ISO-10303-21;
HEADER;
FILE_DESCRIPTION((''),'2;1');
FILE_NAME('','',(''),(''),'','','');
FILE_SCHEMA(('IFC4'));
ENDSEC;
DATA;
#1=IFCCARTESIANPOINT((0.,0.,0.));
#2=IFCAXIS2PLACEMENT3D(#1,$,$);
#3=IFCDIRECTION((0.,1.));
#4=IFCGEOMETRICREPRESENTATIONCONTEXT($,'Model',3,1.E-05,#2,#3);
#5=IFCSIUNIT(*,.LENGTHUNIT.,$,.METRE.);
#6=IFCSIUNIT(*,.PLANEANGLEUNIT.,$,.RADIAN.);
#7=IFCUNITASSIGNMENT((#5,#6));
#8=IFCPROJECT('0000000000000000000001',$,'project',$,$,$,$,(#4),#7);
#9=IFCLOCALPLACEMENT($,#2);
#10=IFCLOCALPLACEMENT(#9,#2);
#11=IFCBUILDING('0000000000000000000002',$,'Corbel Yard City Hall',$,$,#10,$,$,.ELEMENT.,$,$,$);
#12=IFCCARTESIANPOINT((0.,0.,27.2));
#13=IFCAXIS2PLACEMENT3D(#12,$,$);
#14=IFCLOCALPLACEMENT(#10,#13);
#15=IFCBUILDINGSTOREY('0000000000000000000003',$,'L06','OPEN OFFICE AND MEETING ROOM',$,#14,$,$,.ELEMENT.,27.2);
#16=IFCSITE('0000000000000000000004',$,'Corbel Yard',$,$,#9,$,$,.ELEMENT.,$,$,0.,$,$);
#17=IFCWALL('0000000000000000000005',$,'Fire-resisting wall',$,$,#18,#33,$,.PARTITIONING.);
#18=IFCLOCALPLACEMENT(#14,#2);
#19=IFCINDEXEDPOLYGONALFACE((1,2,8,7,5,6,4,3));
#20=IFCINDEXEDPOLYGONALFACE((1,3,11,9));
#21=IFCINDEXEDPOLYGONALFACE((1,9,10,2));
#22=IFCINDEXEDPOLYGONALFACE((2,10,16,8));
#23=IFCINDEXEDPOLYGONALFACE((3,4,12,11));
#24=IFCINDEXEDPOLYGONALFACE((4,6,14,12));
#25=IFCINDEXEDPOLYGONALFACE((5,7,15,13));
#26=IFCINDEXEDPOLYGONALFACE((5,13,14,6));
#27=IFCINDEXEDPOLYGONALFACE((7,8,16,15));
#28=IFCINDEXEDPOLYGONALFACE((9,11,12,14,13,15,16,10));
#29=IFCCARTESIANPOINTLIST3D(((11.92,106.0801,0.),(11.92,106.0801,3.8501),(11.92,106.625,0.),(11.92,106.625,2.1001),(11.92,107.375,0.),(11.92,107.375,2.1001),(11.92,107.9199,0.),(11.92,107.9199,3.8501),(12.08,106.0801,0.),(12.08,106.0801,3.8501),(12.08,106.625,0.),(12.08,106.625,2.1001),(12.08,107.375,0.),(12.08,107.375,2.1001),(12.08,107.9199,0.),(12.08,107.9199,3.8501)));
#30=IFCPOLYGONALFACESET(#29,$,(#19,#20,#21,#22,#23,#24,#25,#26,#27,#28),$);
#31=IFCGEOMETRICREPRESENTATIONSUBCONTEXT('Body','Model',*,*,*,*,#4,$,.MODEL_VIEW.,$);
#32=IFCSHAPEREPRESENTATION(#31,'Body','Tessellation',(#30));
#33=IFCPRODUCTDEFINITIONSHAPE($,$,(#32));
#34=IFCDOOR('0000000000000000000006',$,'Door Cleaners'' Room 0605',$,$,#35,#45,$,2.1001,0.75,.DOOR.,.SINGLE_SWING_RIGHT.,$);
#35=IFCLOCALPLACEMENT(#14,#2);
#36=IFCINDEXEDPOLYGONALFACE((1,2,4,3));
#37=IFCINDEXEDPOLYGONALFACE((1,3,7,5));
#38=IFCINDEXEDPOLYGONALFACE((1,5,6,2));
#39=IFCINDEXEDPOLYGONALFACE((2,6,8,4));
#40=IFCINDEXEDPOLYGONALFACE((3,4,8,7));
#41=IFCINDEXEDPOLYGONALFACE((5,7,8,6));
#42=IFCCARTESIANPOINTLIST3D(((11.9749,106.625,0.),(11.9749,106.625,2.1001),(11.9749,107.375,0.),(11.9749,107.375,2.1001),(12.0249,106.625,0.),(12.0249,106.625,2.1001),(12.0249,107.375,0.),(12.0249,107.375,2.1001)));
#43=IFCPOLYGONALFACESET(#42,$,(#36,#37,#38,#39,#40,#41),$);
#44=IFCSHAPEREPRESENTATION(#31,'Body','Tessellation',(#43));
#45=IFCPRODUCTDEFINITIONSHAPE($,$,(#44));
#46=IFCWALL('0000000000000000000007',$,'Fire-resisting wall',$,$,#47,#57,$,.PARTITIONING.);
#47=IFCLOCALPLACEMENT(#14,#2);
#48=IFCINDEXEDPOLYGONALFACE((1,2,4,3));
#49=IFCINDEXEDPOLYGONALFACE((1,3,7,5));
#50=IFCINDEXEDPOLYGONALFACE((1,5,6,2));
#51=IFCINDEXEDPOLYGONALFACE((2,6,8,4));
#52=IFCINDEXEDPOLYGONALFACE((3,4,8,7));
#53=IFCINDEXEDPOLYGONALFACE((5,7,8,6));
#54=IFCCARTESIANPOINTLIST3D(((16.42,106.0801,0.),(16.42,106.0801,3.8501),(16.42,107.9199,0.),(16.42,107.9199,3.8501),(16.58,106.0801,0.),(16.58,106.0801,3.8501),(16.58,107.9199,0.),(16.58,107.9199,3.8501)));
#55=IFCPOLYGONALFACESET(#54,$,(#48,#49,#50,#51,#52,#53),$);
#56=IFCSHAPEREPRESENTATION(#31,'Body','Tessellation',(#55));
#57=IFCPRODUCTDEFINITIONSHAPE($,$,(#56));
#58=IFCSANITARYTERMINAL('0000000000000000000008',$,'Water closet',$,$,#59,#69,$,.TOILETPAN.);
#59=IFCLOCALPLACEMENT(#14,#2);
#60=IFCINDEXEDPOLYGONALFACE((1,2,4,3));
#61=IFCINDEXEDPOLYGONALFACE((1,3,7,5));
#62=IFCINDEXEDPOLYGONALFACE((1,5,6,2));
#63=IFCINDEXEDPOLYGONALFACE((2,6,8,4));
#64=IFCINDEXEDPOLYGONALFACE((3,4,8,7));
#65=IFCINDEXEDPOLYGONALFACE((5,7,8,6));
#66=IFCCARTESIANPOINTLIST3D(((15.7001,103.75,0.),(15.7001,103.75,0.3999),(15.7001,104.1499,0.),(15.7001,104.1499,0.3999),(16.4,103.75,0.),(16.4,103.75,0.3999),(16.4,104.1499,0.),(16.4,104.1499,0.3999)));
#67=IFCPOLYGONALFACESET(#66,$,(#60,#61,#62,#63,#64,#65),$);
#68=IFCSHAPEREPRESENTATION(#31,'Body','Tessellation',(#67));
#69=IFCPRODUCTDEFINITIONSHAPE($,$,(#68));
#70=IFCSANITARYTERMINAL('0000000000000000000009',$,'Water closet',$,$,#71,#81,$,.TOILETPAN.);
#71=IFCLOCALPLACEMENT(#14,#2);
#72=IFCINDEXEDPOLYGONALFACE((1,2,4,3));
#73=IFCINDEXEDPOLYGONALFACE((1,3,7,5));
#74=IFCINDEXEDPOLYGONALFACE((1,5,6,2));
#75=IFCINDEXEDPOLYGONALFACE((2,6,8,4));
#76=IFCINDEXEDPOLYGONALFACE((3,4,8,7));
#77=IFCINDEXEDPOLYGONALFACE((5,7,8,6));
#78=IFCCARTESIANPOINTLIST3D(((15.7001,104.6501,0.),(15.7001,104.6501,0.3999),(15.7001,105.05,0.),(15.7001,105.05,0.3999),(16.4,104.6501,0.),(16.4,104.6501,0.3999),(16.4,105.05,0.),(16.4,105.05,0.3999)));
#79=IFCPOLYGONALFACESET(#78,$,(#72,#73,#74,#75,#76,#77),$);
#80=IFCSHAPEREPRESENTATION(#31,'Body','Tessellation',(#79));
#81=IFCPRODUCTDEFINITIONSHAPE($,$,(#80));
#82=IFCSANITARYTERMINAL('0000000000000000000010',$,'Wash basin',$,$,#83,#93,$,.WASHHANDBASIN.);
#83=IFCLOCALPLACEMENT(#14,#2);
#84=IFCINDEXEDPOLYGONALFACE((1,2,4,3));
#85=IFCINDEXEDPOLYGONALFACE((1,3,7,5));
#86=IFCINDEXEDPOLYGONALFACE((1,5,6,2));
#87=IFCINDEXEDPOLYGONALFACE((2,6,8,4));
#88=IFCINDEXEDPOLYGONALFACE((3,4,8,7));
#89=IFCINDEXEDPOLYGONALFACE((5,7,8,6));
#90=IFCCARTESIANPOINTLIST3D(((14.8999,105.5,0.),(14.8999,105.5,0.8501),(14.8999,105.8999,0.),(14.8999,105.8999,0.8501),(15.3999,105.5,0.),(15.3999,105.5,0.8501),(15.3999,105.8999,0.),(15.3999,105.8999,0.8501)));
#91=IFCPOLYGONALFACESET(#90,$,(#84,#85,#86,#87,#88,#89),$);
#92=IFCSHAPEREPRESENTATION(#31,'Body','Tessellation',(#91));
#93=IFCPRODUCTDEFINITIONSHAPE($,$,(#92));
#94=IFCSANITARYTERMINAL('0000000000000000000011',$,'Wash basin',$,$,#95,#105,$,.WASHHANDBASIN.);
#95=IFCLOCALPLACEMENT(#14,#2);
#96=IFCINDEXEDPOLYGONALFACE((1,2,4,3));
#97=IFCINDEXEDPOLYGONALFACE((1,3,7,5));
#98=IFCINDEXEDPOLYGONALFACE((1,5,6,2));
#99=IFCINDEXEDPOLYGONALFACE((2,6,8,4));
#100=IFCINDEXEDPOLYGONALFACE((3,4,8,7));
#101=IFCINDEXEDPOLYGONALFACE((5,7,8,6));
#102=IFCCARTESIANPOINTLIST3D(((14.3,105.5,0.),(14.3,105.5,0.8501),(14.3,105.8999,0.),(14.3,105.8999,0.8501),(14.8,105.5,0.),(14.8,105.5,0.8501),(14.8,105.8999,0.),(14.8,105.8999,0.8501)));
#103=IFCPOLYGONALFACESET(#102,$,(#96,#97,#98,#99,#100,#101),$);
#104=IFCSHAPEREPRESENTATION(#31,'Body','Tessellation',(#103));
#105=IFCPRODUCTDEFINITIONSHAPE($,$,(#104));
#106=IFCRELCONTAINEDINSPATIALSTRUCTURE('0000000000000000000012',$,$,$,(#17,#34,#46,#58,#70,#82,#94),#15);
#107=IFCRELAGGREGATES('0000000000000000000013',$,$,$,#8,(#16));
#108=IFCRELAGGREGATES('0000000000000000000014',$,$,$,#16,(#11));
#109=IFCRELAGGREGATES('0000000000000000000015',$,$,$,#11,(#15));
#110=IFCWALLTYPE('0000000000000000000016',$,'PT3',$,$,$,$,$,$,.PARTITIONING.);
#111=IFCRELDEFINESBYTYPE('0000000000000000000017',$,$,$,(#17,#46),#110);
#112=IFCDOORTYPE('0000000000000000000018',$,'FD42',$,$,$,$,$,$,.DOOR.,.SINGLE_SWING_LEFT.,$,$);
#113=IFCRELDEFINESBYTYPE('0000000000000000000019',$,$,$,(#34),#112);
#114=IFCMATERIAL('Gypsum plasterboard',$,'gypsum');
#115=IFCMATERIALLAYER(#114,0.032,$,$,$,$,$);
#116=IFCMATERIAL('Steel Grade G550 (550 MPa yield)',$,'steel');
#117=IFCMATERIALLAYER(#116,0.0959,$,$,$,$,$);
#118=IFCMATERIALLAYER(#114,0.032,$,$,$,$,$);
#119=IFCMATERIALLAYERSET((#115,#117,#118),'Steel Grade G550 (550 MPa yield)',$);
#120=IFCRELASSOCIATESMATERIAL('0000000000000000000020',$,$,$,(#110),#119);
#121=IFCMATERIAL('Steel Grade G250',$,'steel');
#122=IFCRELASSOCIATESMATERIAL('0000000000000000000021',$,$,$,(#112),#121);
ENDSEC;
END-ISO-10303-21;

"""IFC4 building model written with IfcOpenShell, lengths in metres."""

from ifc_helpers import new_model, si_unit, direction, frame, frame_2d, origin, origin_2d, place, context, subcontext, project, spatial, rectangle, extrude, material, layer, layer_set, type_object, element, fill, save


model = new_model("IFC4")

# Units and contexts
model_context = context("Model", 3, precision=1e-05, world=origin(), true_north=direction((0.0, 1.0)))
body_context = subcontext(model_context, "Body", "Model", "MODEL_VIEW")
ifc_project = project(units=[si_unit("LENGTHUNIT", "METRE"), si_unit("PLANEANGLEUNIT", "RADIAN")], contexts=[model_context])

# Site, building, storey
site_placement = place(None, origin())
site = spatial("IfcSite", under=ifc_project, at=site_placement, Name="Corbel Yard", CompositionType="ELEMENT", RefElevation=0.0)
building_placement = place(site_placement, origin())
building = spatial("IfcBuilding", under=site, at=building_placement, Name="Corbel Yard City Hall", CompositionType="ELEMENT")
storey_placement = place(building_placement, frame((0.0, 0.0, 27.2)))
storey = spatial("IfcBuildingStorey", under=building, at=storey_placement, Name="L06", Description="OPEN OFFICE AND MEETING ROOM", CompositionType="ELEMENT", Elevation=27.2)

# Wall, opening, door
ifc_material_1 = material(Name="Gypsum plasterboard", Category="gypsum")
ifc_material_2 = material(Name="Steel Grade G550 (550 MPa yield)", Category="steel")
ifc_layer_1 = layer(ifc_material_1, 0.032)
ifc_layer_2 = layer(ifc_material_2, 0.0959)
ifc_layer_3 = layer(ifc_material_1, 0.032)
ifc_layer_set_1 = layer_set([ifc_layer_1, ifc_layer_2, ifc_layer_3], Name="Steel Grade G550 (550 MPa yield)")
wall_type_1 = type_object("IfcWallType", Name="PT3", PredefinedType="PARTITIONING", material=ifc_layer_set_1)
wall_1_placement = place(storey_placement, frame((12.0, 106.0801, 0.0), z_axis=(0.0, 0.0, 1.0), x_axis=(0.0, 1.0, 0.0)))
wall_1 = element("IfcWall", 1, at=wall_1_placement, inside=storey, type_object=wall_type_1, Name="Fire-resisting wall", PredefinedType="PARTITIONING", context=body_context, shape_type="SweptSolid", body=[
    extrude(rectangle(XDim=1.8398, YDim=0.1599, at=frame_2d((0.9199, 0.0))), origin(), (0.0, 0.0, 1.0), 3.8501),
])
opening_1_placement = place(wall_1_placement, frame((0.5449, 0.0, 0.0)))
opening_1 = element("IfcOpeningElement", 2, at=opening_1_placement, cuts=wall_1, PredefinedType="OPENING", context=body_context, shape_type="SweptSolid", body=[
    extrude(rectangle(XDim=0.75, YDim=2.1001, at=frame_2d((0.375, 1.05))), frame((0.0, 0.0898, 0.0), z_axis=(0.0, -1.0, 0.0), x_axis=(1.0, 0.0, 0.0)), (0.0, 0.0, 1.0), 0.1799),
])
ifc_material_3 = material(Name="Steel Grade G250", Category="steel")
door_type_1 = type_object("IfcDoorType", Name="FD42", OperationType="SINGLE_SWING_LEFT", PredefinedType="DOOR", material=ifc_material_3)
door_1_placement = place(opening_1_placement, frame((0.75, 0.0, 0.0), z_axis=(0.0, 0.0, 1.0), x_axis=(-1.0, 0.0, 0.0)))
door_1 = element("IfcDoor", 3, at=door_1_placement, inside=storey, type_object=door_type_1, Name="Door Cleaners' Room 0605", OperationType="SINGLE_SWING_RIGHT", OverallHeight=2.1001, OverallWidth=0.75, PredefinedType="DOOR", context=body_context, shape_type="SweptSolid", body=[
    extrude(rectangle(XDim=0.75, YDim=2.1001, at=frame_2d((0.375, 1.05))), frame((0.0, 0.0249, 0.0), z_axis=(0.0, -1.0, 0.0), x_axis=(1.0, 0.0, 0.0)), (0.0, 0.0, 1.0), 0.05),
])
fill(opening_1, door_1)

# Wall
wall_2_placement = place(storey_placement, frame((16.5, 106.0801, 0.0), z_axis=(0.0, 0.0, 1.0), x_axis=(0.0, 1.0, 0.0)))
element("IfcWall", 4, at=wall_2_placement, inside=storey, type_object=wall_type_1, Name="Fire-resisting wall", PredefinedType="PARTITIONING", context=body_context, shape_type="SweptSolid", body=[
    extrude(rectangle(XDim=1.8398, YDim=0.1599, at=frame_2d((0.9199, 0.0))), origin(), (0.0, 0.0, 1.0), 3.8501),
])

# Sanitary terminals
for number, where, z_axis, x_axis, name in (
    (5, (16.05, 103.95, 0.0), (0.0, 0.0, 1.0), (1.0, 0.0, 0.0), "Water closet"),
    (6, (16.05, 104.8501, 0.0), (0.0, 0.0, 1.0), (1.0, 0.0, 0.0), "Water closet"),
):
    element("IfcSanitaryTerminal", number, at=place(storey_placement, frame(where, z_axis=z_axis, x_axis=x_axis)), inside=storey, Name=name, PredefinedType="TOILETPAN", context=body_context, shape_type="SweptSolid", body=[
        extrude(rectangle(XDim=0.7, YDim=0.3999, at=origin_2d()), origin(), (0.0, 0.0, 1.0), 0.3999),
    ])
for number, where, z_axis, x_axis, name in (
    (7, (15.1499, 105.7, 0.0), (0.0, 0.0, 1.0), (1.0, 0.0, 0.0), "Wash basin"),
    (8, (14.55, 105.7, 0.0), (0.0, 0.0, 1.0), (1.0, 0.0, 0.0), "Wash basin"),
):
    element("IfcSanitaryTerminal", number, at=place(storey_placement, frame(where, z_axis=z_axis, x_axis=x_axis)), inside=storey, Name=name, PredefinedType="WASHHANDBASIN", context=body_context, shape_type="SweptSolid", body=[
        extrude(rectangle(XDim=0.5, YDim=0.3999, at=origin_2d()), origin(), (0.0, 0.0, 1.0), 0.8501),
    ])

save(model, "model.ifc")
